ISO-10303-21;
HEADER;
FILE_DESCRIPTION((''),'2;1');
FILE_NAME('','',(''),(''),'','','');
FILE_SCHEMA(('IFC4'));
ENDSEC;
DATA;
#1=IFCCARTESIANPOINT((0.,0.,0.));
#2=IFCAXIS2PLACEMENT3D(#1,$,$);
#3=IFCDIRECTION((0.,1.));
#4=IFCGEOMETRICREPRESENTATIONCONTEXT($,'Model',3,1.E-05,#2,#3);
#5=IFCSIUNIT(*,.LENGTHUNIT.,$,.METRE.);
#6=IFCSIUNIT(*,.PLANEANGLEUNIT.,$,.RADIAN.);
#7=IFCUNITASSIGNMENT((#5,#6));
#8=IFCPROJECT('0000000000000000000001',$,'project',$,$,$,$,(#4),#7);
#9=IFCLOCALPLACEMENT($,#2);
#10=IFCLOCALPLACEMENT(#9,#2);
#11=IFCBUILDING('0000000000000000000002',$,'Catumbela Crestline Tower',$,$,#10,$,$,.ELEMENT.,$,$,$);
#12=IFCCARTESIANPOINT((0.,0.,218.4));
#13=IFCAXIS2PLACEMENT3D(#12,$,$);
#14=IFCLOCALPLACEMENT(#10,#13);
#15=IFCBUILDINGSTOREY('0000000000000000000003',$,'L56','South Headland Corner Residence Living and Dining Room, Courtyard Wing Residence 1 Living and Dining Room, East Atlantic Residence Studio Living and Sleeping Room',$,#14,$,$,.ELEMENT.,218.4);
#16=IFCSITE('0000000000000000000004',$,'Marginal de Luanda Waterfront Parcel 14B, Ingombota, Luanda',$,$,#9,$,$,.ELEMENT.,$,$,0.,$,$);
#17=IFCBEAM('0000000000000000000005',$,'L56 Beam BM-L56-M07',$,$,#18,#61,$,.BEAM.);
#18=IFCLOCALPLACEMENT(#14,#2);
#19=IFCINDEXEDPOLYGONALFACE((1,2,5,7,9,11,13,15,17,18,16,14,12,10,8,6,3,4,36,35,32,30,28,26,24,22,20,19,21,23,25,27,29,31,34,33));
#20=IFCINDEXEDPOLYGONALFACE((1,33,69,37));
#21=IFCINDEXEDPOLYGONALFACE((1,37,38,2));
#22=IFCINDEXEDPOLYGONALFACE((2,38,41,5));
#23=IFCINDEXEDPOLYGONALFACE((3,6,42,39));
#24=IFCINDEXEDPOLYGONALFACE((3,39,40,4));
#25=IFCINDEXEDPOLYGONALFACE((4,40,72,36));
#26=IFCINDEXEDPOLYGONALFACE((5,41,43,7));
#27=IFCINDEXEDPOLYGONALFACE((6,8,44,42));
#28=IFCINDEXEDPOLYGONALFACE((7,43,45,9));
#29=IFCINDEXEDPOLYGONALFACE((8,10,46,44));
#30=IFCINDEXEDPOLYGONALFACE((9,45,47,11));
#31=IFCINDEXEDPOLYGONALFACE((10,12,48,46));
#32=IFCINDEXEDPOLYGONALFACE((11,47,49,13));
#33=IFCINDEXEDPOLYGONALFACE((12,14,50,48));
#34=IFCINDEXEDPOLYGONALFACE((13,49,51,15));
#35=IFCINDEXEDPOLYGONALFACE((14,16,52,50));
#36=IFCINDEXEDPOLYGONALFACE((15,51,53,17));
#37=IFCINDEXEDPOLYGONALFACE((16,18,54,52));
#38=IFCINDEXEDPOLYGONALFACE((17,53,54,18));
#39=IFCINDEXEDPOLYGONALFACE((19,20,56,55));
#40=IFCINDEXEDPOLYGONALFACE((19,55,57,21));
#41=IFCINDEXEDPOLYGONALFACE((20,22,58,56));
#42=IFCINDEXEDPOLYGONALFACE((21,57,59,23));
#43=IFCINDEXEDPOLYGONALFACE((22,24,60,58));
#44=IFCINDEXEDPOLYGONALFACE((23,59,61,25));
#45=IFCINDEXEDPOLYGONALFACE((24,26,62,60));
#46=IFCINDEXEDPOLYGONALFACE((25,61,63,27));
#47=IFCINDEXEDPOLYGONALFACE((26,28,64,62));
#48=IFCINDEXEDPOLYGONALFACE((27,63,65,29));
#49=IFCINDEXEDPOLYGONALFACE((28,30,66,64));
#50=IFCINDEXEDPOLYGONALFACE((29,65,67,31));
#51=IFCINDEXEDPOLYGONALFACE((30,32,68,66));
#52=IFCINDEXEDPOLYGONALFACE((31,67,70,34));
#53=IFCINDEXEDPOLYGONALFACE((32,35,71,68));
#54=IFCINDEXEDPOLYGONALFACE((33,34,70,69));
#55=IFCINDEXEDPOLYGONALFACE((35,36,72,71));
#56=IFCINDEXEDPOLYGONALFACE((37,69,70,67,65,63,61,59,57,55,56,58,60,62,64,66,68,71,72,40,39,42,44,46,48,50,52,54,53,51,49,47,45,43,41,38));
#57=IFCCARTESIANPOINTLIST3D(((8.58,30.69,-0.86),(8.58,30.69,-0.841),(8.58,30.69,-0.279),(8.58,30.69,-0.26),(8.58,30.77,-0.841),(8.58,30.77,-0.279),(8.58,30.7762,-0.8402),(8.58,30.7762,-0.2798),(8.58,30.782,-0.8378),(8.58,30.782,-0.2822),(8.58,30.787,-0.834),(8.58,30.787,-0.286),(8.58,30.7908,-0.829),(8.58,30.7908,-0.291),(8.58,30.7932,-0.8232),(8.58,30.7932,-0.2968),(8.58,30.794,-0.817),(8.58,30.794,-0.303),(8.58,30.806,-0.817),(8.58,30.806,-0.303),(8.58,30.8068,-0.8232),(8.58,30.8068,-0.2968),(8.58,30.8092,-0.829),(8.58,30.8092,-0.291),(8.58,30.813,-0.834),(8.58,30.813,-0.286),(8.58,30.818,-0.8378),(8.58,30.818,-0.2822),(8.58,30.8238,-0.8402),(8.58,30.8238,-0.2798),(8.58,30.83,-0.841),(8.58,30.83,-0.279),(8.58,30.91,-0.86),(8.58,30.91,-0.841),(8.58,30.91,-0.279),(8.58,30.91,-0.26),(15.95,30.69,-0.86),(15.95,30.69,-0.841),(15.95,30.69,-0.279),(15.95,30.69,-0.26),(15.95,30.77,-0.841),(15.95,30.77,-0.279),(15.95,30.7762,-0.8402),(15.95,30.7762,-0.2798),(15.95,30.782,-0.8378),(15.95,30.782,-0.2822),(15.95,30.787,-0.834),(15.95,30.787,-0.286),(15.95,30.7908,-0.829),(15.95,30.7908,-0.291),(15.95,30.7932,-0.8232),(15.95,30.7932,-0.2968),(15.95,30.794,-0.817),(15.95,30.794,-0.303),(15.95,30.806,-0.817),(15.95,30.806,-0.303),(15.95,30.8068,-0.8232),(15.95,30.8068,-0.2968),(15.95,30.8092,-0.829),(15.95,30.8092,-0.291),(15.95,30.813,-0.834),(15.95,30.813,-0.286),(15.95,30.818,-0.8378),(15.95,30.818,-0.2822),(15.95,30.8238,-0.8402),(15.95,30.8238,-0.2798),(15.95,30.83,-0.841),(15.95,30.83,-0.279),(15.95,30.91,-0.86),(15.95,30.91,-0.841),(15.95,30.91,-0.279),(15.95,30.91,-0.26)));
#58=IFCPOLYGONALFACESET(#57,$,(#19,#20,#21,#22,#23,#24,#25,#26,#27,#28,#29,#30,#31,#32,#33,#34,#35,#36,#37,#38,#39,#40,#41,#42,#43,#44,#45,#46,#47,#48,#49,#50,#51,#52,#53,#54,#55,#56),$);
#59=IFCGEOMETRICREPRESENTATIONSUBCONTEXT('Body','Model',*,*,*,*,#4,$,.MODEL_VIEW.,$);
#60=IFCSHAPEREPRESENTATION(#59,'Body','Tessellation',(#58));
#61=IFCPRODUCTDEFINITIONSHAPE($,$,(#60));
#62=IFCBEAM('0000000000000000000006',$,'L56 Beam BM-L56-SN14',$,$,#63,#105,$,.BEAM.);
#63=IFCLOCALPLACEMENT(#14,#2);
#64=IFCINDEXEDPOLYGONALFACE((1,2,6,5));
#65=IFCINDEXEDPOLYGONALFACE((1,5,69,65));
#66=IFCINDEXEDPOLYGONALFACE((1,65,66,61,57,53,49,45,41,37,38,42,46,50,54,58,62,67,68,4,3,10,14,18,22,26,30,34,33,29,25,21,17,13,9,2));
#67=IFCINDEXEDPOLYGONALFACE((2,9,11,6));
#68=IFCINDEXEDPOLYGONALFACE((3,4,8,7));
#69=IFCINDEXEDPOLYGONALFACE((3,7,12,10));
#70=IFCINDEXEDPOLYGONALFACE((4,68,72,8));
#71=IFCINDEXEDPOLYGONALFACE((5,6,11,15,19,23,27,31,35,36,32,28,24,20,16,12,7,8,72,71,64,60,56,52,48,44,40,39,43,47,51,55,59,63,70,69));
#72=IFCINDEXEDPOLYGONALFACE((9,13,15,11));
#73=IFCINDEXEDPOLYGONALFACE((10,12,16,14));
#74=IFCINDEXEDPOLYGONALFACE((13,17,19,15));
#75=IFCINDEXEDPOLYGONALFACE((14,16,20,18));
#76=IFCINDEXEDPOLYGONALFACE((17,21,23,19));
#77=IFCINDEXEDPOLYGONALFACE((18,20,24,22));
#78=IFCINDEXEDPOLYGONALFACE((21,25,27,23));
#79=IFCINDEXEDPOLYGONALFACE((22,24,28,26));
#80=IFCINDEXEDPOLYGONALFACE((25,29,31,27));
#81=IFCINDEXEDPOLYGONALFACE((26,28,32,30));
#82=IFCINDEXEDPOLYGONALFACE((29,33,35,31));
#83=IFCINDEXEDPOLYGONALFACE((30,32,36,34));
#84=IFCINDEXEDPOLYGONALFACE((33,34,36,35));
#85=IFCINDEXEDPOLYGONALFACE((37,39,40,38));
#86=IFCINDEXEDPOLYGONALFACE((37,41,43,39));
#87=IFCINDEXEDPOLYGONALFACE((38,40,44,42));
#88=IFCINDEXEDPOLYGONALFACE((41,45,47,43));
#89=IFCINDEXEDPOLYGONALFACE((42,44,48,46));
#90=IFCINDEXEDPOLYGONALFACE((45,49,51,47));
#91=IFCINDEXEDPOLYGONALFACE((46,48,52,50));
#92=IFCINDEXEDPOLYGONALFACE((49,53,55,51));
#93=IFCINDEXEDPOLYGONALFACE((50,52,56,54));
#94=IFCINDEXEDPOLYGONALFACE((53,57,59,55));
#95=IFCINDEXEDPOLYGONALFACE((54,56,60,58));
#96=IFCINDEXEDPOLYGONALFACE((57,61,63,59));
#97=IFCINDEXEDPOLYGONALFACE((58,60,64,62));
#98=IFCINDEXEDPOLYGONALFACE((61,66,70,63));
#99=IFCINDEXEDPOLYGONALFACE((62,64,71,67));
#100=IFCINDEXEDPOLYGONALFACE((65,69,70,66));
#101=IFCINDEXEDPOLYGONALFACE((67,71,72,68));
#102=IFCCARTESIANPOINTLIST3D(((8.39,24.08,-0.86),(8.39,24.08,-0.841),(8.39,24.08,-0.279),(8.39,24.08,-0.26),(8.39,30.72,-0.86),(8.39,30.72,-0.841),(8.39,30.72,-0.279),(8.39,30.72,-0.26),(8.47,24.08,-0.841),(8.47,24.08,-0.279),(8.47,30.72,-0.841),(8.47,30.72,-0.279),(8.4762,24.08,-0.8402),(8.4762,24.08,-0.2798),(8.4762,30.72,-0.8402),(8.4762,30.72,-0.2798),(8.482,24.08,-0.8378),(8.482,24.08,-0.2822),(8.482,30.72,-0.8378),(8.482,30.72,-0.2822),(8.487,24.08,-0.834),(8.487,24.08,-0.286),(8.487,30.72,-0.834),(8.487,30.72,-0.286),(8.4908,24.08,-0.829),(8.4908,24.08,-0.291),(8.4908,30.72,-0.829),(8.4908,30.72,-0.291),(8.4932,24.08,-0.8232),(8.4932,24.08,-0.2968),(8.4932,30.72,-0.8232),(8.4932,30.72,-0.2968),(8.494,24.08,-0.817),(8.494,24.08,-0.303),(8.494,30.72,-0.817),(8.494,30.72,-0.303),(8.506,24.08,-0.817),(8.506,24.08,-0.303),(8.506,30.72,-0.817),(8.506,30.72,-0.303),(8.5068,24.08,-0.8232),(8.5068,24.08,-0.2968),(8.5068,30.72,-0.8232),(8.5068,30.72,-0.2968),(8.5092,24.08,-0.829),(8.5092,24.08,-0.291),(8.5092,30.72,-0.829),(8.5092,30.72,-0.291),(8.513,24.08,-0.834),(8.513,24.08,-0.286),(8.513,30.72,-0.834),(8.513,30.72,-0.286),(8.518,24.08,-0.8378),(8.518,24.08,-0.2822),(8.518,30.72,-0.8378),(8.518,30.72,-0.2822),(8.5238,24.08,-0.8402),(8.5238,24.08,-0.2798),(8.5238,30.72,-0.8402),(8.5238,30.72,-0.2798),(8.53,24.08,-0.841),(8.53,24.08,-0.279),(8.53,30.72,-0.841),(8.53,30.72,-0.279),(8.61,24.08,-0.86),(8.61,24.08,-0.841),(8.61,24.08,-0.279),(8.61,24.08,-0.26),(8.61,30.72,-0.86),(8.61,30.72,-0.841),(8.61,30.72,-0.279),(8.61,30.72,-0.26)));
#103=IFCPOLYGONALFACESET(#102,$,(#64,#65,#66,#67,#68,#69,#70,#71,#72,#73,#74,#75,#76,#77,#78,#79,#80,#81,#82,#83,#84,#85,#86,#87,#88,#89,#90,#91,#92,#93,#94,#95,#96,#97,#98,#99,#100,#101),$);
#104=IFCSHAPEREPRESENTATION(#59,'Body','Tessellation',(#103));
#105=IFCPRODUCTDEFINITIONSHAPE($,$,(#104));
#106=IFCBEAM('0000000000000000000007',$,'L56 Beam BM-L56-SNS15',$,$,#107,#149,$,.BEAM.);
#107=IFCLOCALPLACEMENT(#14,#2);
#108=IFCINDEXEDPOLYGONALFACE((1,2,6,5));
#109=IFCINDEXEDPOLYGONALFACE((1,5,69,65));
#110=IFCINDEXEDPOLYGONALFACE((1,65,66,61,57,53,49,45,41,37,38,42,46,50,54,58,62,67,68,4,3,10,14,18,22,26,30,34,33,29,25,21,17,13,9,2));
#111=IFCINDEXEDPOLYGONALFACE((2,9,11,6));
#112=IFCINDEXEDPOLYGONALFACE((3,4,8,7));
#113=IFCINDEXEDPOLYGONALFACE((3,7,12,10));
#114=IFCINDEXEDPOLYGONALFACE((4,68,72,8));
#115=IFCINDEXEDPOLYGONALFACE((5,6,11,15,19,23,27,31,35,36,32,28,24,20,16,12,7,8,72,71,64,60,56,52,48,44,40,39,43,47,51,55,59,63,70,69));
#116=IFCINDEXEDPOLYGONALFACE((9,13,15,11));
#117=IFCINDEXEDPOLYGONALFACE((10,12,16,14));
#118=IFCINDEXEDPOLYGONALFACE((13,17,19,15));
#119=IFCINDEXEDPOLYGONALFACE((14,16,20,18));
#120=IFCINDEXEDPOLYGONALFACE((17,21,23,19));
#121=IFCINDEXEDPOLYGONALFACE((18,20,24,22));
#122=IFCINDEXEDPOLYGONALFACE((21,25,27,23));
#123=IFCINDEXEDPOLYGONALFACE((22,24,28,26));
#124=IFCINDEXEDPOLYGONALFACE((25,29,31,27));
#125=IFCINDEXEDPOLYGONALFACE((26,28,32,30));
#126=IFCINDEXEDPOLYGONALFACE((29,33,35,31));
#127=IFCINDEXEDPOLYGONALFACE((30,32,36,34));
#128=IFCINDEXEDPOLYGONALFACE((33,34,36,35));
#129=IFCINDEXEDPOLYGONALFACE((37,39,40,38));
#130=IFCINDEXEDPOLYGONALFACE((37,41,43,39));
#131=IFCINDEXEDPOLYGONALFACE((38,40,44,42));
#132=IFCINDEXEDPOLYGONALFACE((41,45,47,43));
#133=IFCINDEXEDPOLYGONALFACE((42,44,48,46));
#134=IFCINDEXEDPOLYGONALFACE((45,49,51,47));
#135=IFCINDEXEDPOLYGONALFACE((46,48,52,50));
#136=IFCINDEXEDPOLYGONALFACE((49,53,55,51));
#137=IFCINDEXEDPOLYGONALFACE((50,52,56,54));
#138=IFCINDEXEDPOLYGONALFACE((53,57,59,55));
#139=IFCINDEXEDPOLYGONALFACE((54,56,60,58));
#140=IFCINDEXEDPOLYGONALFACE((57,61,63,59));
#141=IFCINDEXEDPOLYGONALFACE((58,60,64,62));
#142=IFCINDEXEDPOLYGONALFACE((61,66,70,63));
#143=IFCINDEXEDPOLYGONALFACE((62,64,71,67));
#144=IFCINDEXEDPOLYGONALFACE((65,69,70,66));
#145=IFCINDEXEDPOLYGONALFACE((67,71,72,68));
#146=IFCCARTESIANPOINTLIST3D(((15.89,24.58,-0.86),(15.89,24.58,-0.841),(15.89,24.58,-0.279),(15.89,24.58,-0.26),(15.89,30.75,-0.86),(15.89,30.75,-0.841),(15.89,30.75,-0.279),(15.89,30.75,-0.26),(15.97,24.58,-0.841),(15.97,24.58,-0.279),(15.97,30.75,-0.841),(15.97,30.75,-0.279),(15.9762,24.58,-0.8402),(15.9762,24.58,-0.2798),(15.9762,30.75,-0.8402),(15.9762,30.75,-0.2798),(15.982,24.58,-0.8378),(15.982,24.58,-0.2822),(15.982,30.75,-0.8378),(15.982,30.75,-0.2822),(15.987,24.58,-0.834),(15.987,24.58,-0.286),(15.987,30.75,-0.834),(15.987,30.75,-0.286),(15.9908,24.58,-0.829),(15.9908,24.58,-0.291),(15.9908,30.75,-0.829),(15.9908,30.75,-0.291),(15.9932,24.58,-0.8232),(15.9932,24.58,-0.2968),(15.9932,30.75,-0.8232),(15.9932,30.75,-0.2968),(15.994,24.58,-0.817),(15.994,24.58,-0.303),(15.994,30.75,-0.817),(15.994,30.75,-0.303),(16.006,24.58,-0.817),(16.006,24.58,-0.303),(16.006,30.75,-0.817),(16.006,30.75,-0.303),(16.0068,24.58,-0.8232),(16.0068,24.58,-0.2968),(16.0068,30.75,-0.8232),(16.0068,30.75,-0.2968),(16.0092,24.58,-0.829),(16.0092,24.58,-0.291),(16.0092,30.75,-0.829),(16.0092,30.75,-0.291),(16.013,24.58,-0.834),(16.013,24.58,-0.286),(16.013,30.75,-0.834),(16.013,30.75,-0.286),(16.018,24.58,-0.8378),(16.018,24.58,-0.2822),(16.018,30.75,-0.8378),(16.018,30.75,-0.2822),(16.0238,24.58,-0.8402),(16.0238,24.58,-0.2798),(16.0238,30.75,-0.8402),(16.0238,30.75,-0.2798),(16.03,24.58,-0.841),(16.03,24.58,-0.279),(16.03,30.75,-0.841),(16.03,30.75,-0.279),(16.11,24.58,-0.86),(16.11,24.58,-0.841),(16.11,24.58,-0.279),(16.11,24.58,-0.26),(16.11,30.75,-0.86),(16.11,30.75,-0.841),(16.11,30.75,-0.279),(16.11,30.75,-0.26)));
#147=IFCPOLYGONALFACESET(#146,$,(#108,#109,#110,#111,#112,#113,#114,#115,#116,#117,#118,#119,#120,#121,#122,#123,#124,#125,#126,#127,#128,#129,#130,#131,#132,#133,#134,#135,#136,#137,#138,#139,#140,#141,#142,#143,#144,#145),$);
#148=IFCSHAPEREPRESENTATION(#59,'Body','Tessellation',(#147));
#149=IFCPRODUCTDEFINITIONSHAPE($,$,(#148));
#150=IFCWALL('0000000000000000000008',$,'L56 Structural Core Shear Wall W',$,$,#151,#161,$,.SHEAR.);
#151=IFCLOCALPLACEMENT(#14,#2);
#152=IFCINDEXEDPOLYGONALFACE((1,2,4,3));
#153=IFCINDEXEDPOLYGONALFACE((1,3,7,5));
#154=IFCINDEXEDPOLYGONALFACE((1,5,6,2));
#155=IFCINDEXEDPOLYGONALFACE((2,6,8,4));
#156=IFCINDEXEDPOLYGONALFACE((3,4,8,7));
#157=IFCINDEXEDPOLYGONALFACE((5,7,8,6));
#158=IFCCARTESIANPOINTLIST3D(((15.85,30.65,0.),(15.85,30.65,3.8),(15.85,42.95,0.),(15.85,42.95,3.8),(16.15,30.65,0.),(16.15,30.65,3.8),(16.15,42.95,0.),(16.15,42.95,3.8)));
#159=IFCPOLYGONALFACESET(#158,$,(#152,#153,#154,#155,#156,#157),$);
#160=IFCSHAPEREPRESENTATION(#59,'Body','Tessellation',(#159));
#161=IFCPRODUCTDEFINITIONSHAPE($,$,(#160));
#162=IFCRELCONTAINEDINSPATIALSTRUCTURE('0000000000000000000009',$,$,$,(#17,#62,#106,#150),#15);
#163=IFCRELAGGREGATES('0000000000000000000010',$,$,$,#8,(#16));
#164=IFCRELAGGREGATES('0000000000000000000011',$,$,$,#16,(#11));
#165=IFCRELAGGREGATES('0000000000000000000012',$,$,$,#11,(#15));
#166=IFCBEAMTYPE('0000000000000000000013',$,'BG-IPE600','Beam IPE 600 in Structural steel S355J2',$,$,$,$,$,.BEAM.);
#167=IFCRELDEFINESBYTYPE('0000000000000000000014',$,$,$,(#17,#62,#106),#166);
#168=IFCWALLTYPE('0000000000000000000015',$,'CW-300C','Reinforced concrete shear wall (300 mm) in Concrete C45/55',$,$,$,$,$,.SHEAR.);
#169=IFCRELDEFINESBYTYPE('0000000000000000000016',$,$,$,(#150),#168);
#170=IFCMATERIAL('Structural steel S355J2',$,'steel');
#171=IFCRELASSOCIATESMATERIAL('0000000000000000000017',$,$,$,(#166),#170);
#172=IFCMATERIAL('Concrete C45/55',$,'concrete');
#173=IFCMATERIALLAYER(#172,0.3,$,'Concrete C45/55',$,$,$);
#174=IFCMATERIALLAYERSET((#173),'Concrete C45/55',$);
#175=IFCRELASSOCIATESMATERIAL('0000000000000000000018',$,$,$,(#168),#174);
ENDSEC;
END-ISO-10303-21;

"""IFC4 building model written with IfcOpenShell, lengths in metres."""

from ifc_helpers import new_model, si_unit, direction, frame, frame_2d, origin, origin_2d, place, context, subcontext, project, spatial, rectangle, i_section, extrude, material, layer, layer_set, material_profile, profile_set, type_object, element, save


model = new_model("IFC4")

# Units and contexts
model_context = context("Model", 3, precision=1e-05, world=origin(), true_north=direction((0.0, 1.0)))
body_context = subcontext(model_context, "Body", "Model", "MODEL_VIEW")
ifc_project = project(units=[si_unit("LENGTHUNIT", "METRE"), si_unit("PLANEANGLEUNIT", "RADIAN")], contexts=[model_context])

# Site, building, storey
site_placement = place(None, origin())
site = spatial("IfcSite", under=ifc_project, at=site_placement, Name="Marginal de Luanda Waterfront Parcel 14B, Ingombota, Luanda", CompositionType="ELEMENT", RefElevation=0.0)
building_placement = place(site_placement, origin())
building = spatial("IfcBuilding", under=site, at=building_placement, Name="Catumbela Crestline Tower", CompositionType="ELEMENT")
storey_placement = place(building_placement, frame((0.0, 0.0, 218.4)))
storey = spatial("IfcBuildingStorey", under=building, at=storey_placement, Name="L56", Description="South Headland Corner Residence Living and Dining Room, Courtyard Wing Residence 1 Living and Dining Room, East Atlantic Residence Studio Living and Sleeping Room", CompositionType="ELEMENT", Elevation=218.4)

# Shared definitions
ifc_material_1 = material(Name="Concrete C45/55", Category="concrete")
ifc_material_2 = material(Name="Structural steel S355J2", Category="steel")

# Beams
ifc_material_profile_1 = material_profile(ifc_material_2, i_section(OverallWidth=0.22, OverallDepth=0.6, WebThickness=0.012, FlangeThickness=0.019, FilletRadius=0.024, at=origin_2d()), Name="IPE 600")
ifc_profile_set_1 = profile_set([ifc_material_profile_1], Name="Structural steel S355J2")
beam_type = type_object("IfcBeamType", Name="BG-IPE600", Description="Beam IPE 600 in Structural steel S355J2", PredefinedType="BEAM", material=ifc_profile_set_1)
beam_1_placement = place(storey_placement, frame((8.58, 30.8, -0.56), z_axis=(1.0, 0.0, 0.0), x_axis=(0.0, 1.0, 0.0)))
element("IfcBeam", 1, at=beam_1_placement, inside=storey, type_object=beam_type, Name="L56 Beam BM-L56-M07", PredefinedType="BEAM", context=body_context, shape_type="SweptSolid", body=[
    extrude(i_section(OverallWidth=0.22, OverallDepth=0.6, WebThickness=0.012, FlangeThickness=0.019, FilletRadius=0.024, at=origin_2d()), origin(), (0.0, 0.0, 1.0), 7.37),
])
beam_2_placement = place(storey_placement, frame((8.5, 24.08, -0.56), z_axis=(0.0, 1.0, 0.0), x_axis=(-1.0, 0.0, 0.0)))
element("IfcBeam", 2, at=beam_2_placement, inside=storey, type_object=beam_type, Name="L56 Beam BM-L56-SN14", PredefinedType="BEAM", context=body_context, shape_type="SweptSolid", body=[
    extrude(i_section(OverallWidth=0.22, OverallDepth=0.6, WebThickness=0.012, FlangeThickness=0.019, FilletRadius=0.024, at=origin_2d()), origin(), (0.0, 0.0, 1.0), 6.64),
])
beam_3_placement = place(storey_placement, frame((16.0, 24.58, -0.56), z_axis=(0.0, 1.0, 0.0), x_axis=(-1.0, 0.0, 0.0)))
element("IfcBeam", 3, at=beam_3_placement, inside=storey, type_object=beam_type, Name="L56 Beam BM-L56-SNS15", PredefinedType="BEAM", context=body_context, shape_type="SweptSolid", body=[
    extrude(i_section(OverallWidth=0.22, OverallDepth=0.6, WebThickness=0.012, FlangeThickness=0.019, FilletRadius=0.024, at=origin_2d()), origin(), (0.0, 0.0, 1.0), 6.17),
])

# Wall
ifc_layer_1 = layer(ifc_material_1, 0.3, Name="Concrete C45/55")
ifc_layer_set_1 = layer_set([ifc_layer_1], Name="Concrete C45/55")
wall_type_1 = type_object("IfcWallType", Name="CW-300C", Description="Reinforced concrete shear wall (300 mm) in Concrete C45/55", PredefinedType="SHEAR", material=ifc_layer_set_1)
wall_1_placement = place(storey_placement, frame((16.0, 30.65, 0.0), z_axis=(0.0, 0.0, 1.0), x_axis=(0.0, 1.0, 0.0)))
element("IfcWall", 4, at=wall_1_placement, inside=storey, type_object=wall_type_1, Name="L56 Structural Core Shear Wall W", PredefinedType="SHEAR", context=body_context, shape_type="SweptSolid", body=[
    extrude(rectangle(XDim=12.3, YDim=0.3, at=frame_2d((6.15, 0.0))), origin(), (0.0, 0.0, 1.0), 3.8),
])

save(model, "model.ifc")
